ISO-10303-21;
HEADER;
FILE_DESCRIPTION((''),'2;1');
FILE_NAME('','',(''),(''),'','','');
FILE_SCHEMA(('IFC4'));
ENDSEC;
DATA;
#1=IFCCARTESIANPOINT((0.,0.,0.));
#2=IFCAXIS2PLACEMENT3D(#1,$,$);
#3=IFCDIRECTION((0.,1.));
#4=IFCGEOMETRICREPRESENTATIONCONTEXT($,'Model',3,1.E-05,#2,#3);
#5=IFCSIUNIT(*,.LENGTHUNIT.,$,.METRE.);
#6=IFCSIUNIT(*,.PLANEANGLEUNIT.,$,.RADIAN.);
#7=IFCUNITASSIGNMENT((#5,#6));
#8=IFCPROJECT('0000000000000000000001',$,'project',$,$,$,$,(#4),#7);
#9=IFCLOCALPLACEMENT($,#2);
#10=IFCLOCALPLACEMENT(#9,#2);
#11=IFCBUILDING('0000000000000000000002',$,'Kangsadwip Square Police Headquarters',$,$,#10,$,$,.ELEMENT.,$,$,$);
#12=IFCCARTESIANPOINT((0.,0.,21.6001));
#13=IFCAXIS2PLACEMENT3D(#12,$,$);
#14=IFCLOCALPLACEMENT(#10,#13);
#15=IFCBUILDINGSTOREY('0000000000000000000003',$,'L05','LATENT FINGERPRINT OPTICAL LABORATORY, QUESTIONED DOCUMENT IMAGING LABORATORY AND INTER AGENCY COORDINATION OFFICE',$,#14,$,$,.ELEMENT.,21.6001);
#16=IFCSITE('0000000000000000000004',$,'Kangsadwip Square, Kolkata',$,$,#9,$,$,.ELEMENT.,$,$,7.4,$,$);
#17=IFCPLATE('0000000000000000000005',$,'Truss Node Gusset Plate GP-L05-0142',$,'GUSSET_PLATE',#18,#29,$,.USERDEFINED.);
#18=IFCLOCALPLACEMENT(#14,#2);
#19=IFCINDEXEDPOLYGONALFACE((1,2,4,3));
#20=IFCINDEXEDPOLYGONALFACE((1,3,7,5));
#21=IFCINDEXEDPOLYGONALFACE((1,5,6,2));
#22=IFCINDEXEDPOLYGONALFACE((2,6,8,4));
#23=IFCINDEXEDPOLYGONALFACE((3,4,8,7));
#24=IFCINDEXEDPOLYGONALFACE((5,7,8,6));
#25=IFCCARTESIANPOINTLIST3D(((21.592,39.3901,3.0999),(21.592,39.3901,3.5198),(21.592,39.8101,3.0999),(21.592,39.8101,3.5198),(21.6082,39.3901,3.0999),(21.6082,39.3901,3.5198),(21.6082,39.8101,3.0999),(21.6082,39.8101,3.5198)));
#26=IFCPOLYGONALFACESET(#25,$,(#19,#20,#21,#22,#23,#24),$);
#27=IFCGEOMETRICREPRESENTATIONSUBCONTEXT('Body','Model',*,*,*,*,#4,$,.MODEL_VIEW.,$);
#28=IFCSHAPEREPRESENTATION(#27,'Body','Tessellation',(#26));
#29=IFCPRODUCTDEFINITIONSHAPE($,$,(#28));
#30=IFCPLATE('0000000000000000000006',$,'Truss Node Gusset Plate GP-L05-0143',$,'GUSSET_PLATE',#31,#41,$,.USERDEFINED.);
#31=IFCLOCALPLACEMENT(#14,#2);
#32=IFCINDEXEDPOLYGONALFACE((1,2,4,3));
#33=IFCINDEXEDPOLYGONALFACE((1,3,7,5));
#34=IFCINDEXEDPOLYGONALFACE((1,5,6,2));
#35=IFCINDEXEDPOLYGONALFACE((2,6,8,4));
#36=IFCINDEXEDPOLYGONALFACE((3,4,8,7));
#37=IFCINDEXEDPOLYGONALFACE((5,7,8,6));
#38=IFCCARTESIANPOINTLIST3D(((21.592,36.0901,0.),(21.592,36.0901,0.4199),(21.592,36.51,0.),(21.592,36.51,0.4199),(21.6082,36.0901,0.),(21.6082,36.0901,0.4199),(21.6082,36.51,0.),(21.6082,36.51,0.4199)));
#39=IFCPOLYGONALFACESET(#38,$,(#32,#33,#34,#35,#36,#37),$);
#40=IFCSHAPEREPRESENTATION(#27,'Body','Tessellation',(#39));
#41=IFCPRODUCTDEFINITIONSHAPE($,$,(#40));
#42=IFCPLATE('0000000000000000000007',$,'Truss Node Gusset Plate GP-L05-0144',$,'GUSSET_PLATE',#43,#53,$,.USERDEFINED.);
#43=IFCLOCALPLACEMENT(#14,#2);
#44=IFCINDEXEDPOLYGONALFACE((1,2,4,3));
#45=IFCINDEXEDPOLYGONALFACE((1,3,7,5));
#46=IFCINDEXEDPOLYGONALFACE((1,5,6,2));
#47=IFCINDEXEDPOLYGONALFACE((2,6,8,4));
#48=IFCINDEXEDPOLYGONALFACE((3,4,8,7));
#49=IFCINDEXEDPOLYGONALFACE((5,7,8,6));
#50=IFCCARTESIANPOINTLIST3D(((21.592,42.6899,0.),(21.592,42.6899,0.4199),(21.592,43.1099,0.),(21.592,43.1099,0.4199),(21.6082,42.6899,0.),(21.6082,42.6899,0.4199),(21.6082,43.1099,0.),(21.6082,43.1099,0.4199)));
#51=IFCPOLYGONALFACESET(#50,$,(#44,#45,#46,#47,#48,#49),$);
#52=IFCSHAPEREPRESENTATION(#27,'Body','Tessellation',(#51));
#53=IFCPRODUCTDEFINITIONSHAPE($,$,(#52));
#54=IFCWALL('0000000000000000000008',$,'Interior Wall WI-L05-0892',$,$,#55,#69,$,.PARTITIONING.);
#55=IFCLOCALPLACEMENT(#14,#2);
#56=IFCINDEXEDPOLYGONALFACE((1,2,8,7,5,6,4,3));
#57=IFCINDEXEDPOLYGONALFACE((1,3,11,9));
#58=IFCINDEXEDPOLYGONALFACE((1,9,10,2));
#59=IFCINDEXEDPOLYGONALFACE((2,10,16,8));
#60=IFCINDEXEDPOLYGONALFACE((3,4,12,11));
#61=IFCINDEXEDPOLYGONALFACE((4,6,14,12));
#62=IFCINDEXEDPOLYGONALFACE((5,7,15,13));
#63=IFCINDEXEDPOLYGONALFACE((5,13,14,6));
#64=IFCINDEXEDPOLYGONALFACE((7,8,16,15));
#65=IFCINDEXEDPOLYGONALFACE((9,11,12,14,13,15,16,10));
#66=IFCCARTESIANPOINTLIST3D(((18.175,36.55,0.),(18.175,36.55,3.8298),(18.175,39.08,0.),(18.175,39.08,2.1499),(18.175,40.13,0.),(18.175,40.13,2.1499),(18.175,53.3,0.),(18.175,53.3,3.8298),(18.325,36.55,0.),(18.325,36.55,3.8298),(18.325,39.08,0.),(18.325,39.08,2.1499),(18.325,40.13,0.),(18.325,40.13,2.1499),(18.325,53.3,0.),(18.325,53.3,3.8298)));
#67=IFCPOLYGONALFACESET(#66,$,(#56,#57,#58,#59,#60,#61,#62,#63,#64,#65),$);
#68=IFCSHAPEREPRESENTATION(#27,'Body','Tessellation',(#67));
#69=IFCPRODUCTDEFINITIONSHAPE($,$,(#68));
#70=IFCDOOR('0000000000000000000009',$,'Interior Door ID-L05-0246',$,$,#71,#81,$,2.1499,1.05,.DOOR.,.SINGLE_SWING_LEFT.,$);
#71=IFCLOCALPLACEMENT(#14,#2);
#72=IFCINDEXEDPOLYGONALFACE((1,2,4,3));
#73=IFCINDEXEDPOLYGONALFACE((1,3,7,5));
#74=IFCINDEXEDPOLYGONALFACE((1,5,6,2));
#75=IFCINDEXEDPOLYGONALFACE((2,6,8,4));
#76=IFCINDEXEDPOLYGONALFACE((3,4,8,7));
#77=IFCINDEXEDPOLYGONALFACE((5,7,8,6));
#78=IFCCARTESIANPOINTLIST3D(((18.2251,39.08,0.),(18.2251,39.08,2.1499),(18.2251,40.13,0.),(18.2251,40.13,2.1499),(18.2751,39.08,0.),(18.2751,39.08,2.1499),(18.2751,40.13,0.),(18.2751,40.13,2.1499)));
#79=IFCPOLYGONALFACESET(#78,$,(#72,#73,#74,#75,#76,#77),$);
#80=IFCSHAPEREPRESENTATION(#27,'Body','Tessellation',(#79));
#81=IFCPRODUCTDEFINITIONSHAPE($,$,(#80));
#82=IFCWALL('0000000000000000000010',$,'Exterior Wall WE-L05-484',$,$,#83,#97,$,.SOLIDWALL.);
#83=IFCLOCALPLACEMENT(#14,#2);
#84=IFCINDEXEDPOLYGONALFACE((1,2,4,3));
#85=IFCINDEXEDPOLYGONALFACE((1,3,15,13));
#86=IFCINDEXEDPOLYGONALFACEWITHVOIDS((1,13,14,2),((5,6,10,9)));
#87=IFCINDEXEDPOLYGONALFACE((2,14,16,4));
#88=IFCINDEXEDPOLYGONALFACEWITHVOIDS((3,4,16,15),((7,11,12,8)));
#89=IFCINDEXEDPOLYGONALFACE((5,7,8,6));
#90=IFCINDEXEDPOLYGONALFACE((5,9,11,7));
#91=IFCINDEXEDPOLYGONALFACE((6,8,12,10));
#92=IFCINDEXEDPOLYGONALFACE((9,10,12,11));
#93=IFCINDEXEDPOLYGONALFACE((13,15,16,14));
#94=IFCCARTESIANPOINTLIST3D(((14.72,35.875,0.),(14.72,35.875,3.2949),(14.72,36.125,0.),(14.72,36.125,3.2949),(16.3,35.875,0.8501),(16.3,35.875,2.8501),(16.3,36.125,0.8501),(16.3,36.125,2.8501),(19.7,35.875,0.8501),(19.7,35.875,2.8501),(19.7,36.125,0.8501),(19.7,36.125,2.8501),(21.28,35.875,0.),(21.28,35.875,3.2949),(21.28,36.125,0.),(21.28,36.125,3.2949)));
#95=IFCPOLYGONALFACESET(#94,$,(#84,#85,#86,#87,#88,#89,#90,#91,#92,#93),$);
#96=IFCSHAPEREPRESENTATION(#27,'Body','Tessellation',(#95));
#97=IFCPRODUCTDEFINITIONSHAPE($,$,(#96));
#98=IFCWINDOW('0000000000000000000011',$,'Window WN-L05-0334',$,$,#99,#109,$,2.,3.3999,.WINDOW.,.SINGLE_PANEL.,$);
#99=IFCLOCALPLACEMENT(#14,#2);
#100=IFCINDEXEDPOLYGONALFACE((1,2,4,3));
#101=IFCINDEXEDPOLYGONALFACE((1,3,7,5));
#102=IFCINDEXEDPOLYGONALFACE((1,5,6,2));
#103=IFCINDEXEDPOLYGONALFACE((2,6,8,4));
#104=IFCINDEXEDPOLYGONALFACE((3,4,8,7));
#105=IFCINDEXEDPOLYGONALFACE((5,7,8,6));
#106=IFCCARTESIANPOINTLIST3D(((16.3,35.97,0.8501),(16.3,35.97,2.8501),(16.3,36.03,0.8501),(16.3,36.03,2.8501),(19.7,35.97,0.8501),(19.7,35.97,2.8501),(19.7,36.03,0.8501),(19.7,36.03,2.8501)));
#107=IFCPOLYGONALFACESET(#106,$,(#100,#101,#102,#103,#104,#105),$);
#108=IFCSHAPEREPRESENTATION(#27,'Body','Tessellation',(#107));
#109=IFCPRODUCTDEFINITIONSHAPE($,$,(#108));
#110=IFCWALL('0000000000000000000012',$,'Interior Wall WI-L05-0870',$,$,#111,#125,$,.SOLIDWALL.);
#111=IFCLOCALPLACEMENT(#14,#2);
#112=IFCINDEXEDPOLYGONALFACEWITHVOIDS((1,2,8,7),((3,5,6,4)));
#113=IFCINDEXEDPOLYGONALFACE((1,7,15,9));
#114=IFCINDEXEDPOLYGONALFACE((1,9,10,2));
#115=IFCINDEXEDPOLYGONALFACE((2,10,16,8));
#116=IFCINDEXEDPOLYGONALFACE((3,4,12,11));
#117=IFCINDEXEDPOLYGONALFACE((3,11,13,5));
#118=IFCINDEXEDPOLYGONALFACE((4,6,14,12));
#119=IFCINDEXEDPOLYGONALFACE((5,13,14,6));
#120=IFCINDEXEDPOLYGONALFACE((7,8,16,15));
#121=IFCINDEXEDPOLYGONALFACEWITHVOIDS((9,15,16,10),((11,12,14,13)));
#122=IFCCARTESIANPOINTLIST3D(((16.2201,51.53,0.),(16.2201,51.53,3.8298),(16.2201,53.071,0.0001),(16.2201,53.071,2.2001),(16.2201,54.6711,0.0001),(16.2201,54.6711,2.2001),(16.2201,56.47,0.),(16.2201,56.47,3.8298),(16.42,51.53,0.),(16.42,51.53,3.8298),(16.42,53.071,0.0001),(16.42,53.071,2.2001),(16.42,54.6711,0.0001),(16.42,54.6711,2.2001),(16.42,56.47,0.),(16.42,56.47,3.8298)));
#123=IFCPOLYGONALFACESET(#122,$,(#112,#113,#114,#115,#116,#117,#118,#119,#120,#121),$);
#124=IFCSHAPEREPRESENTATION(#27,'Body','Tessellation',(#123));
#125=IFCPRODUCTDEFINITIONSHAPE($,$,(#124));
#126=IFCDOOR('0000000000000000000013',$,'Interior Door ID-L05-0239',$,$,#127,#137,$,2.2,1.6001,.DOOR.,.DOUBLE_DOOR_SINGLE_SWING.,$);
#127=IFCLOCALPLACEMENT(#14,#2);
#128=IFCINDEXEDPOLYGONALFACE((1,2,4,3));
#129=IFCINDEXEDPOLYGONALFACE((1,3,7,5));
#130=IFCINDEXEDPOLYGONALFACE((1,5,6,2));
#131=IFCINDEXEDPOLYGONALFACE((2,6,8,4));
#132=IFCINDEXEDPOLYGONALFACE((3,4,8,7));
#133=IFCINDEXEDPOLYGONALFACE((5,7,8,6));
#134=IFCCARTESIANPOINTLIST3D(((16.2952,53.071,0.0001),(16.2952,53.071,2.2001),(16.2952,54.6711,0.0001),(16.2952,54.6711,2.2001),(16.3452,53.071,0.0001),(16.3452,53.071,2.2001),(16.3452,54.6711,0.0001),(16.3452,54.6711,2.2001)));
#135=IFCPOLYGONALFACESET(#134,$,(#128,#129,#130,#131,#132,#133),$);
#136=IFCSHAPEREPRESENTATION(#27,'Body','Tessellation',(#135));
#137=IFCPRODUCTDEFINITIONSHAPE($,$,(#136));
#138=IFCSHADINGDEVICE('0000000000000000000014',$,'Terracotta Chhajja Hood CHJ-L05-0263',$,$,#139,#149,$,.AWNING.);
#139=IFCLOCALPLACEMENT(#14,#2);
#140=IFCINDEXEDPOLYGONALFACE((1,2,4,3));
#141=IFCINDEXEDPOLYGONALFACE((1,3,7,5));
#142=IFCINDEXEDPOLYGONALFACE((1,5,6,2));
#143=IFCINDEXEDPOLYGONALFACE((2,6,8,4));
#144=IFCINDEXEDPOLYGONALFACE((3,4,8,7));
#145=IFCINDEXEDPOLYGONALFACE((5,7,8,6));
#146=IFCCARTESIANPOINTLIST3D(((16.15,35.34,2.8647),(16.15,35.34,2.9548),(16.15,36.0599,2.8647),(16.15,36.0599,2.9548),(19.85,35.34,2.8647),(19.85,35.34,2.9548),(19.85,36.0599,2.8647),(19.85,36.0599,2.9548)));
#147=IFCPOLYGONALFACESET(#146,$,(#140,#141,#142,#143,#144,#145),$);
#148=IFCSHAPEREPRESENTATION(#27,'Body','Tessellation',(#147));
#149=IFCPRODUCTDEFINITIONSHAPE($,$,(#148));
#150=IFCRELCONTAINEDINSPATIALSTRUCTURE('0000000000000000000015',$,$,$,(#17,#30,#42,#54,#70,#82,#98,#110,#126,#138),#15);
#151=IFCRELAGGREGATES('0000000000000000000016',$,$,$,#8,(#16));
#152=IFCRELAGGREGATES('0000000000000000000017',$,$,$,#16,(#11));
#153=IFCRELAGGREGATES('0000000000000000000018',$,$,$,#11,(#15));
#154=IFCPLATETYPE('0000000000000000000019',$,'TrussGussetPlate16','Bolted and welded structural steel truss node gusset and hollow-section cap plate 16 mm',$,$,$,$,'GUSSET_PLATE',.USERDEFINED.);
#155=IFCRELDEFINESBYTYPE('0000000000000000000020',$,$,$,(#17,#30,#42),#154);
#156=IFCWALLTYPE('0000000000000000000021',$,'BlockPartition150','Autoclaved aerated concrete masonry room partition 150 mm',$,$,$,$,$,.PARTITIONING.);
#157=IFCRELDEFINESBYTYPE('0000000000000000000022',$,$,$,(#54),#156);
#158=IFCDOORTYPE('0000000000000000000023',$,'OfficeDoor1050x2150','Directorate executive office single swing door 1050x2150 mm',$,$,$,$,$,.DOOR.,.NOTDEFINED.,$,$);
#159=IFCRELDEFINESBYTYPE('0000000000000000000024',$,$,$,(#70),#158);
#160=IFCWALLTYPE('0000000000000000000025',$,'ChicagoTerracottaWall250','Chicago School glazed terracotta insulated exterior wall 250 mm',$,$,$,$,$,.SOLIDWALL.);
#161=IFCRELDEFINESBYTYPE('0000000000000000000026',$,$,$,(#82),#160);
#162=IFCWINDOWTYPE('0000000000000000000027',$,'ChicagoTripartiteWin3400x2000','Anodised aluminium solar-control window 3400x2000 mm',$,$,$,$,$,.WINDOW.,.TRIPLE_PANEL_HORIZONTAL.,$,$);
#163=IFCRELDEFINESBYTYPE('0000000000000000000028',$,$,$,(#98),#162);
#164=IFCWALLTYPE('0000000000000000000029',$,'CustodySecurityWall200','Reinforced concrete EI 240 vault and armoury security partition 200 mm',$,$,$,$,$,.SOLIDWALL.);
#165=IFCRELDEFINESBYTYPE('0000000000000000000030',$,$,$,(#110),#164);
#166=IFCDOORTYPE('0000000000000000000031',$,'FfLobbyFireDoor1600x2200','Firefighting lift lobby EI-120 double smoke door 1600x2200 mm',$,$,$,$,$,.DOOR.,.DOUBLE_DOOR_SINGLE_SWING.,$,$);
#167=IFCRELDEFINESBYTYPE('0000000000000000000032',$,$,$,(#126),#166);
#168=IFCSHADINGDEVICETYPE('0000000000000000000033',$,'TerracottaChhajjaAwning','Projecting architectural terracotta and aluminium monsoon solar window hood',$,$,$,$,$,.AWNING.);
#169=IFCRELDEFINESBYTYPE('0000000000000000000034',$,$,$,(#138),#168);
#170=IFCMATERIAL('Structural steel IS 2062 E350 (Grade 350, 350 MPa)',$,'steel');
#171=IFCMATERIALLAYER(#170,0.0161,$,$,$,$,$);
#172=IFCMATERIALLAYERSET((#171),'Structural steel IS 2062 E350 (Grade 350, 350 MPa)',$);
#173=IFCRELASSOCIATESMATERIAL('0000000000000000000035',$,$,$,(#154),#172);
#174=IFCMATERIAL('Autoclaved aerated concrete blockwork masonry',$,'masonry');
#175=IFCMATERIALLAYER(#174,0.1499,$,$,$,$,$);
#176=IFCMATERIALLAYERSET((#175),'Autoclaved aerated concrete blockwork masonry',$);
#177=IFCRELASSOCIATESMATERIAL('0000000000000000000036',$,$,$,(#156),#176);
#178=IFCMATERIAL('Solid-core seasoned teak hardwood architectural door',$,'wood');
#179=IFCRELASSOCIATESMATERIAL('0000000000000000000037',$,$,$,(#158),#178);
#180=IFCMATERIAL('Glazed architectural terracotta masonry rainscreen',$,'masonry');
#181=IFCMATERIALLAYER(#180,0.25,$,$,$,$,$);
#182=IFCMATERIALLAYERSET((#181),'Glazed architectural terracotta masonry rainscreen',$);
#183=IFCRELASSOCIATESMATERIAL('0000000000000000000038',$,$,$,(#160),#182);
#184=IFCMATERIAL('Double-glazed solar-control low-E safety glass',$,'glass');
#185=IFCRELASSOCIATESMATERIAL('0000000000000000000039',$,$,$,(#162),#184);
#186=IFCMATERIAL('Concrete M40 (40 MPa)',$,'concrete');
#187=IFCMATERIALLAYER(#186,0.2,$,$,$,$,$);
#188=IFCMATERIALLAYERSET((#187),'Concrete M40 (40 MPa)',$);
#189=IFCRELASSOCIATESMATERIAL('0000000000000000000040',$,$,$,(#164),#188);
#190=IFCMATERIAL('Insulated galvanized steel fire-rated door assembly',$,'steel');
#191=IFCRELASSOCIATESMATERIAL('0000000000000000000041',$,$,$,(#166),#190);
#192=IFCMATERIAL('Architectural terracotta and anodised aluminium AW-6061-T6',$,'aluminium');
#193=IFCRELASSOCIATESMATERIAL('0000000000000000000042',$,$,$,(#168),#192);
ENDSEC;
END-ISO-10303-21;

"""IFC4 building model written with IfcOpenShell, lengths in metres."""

from ifc_helpers import new_model, si_unit, direction, frame, frame_2d, origin, origin_2d, place, context, subcontext, project, spatial, rectangle, extrude, material, layer, layer_set, type_object, element, fill, save


model = new_model("IFC4")

# Units and contexts
model_context = context("Model", 3, precision=1e-05, world=origin(), true_north=direction((0.0, 1.0)))
body_context = subcontext(model_context, "Body", "Model", "MODEL_VIEW")
ifc_project = project(units=[si_unit("LENGTHUNIT", "METRE"), si_unit("PLANEANGLEUNIT", "RADIAN")], contexts=[model_context])

# Site, building, storey
site_placement = place(None, origin())
site = spatial("IfcSite", under=ifc_project, at=site_placement, Name="Kangsadwip Square, Kolkata", CompositionType="ELEMENT", RefElevation=7.4)
building_placement = place(site_placement, origin())
building = spatial("IfcBuilding", under=site, at=building_placement, Name="Kangsadwip Square Police Headquarters", CompositionType="ELEMENT")
storey_placement = place(building_placement, frame((0.0, 0.0, 21.6001)))
storey = spatial("IfcBuildingStorey", under=building, at=storey_placement, Name="L05", Description="LATENT FINGERPRINT OPTICAL LABORATORY, QUESTIONED DOCUMENT IMAGING LABORATORY AND INTER AGENCY COORDINATION OFFICE", CompositionType="ELEMENT", Elevation=21.6001)

# Plates
ifc_material_1 = material(Name="Structural steel IS 2062 E350 (Grade 350, 350 MPa)", Category="steel")
ifc_layer_1 = layer(ifc_material_1, 0.0161)
ifc_layer_set_1 = layer_set([ifc_layer_1], Name="Structural steel IS 2062 E350 (Grade 350, 350 MPa)")
plate_type = type_object("IfcPlateType", Name="TrussGussetPlate16", Description="Bolted and welded structural steel truss node gusset and hollow-section cap plate 16 mm", ElementType="GUSSET_PLATE", PredefinedType="USERDEFINED", material=ifc_layer_set_1)
for number, where, z_axis, x_axis, name in (
    (1, (21.6001, 39.6001, 3.0999), (0.0, 0.0, 1.0), (0.0, 1.0, 0.0), "Truss Node Gusset Plate GP-L05-0142"),
    (2, (21.6001, 36.3, 0.0), (0.0, 0.0, 1.0), (0.0, 1.0, 0.0), "Truss Node Gusset Plate GP-L05-0143"),
    (3, (21.6001, 42.8999, 0.0), (0.0, 0.0, 1.0), (0.0, 1.0, 0.0), "Truss Node Gusset Plate GP-L05-0144"),
):
    element("IfcPlate", number, at=place(storey_placement, frame(where, z_axis=z_axis, x_axis=x_axis)), inside=storey, type_object=plate_type, Name=name, ObjectType="GUSSET_PLATE", PredefinedType="USERDEFINED", context=body_context, shape_type="SweptSolid", body=[
        extrude(rectangle(XDim=0.4199, YDim=0.0161, at=origin_2d()), origin(), (0.0, 0.0, 1.0), 0.4199),
    ])

# Wall, opening, door
ifc_material_2 = material(Name="Autoclaved aerated concrete blockwork masonry", Category="masonry")
ifc_layer_2 = layer(ifc_material_2, 0.1499)
ifc_layer_set_2 = layer_set([ifc_layer_2], Name="Autoclaved aerated concrete blockwork masonry")
wall_type_1 = type_object("IfcWallType", Name="BlockPartition150", Description="Autoclaved aerated concrete masonry room partition 150 mm", PredefinedType="PARTITIONING", material=ifc_layer_set_2)
wall_1_placement = place(storey_placement, frame((18.25, 36.55, 0.0), z_axis=(0.0, 0.0, 1.0), x_axis=(0.0, 1.0, 0.0)))
wall_1 = element("IfcWall", 4, at=wall_1_placement, inside=storey, type_object=wall_type_1, Name="Interior Wall WI-L05-0892", PredefinedType="PARTITIONING", context=body_context, shape_type="SweptSolid", body=[
    extrude(rectangle(XDim=16.75, YDim=0.1499, at=frame_2d((8.375, 0.0))), origin(), (0.0, 0.0, 1.0), 3.8298),
])
opening_1_placement = place(wall_1_placement, frame((2.53, 0.0, 0.0)))
opening_1 = element("IfcOpeningElement", 5, at=opening_1_placement, cuts=wall_1, PredefinedType="OPENING", context=body_context, shape_type="SweptSolid", body=[
    extrude(rectangle(XDim=1.05, YDim=2.1499, at=frame_2d((0.5249, 1.075))), frame((0.0, 0.085, 0.0), z_axis=(0.0, -1.0, 0.0), x_axis=(1.0, 0.0, 0.0)), (0.0, 0.0, 1.0), 0.1699),
])
ifc_material_3 = material(Name="Solid-core seasoned teak hardwood architectural door", Category="wood")
door_type_1 = type_object("IfcDoorType", Name="OfficeDoor1050x2150", Description="Directorate executive office single swing door 1050x2150 mm", OperationType="NOTDEFINED", PredefinedType="DOOR", material=ifc_material_3)
door_1_placement = place(opening_1_placement, origin())
door_1 = element("IfcDoor", 6, at=door_1_placement, inside=storey, type_object=door_type_1, Name="Interior Door ID-L05-0246", OperationType="SINGLE_SWING_LEFT", OverallHeight=2.1499, OverallWidth=1.05, PredefinedType="DOOR", context=body_context, shape_type="SweptSolid", body=[
    extrude(rectangle(XDim=1.05, YDim=2.1499, at=frame_2d((0.5249, 1.075))), frame((0.0, 0.0249, 0.0), z_axis=(0.0, -1.0, 0.0), x_axis=(1.0, 0.0, 0.0)), (0.0, 0.0, 1.0), 0.05),
])
fill(opening_1, door_1)

# Wall, opening, window
ifc_material_4 = material(Name="Glazed architectural terracotta masonry rainscreen", Category="masonry")
ifc_layer_3 = layer(ifc_material_4, 0.25)
ifc_layer_set_3 = layer_set([ifc_layer_3], Name="Glazed architectural terracotta masonry rainscreen")
wall_type_2 = type_object("IfcWallType", Name="ChicagoTerracottaWall250", Description="Chicago School glazed terracotta insulated exterior wall 250 mm", PredefinedType="SOLIDWALL", material=ifc_layer_set_3)
wall_2_placement = place(storey_placement, frame((14.72, 36.0, 0.0), z_axis=(0.0, 0.0, 1.0), x_axis=(1.0, 0.0, 0.0)))
wall_2 = element("IfcWall", 7, at=wall_2_placement, inside=storey, type_object=wall_type_2, Name="Exterior Wall WE-L05-484", PredefinedType="SOLIDWALL", context=body_context, shape_type="SweptSolid", body=[
    extrude(rectangle(XDim=6.5601, YDim=0.25, at=frame_2d((3.28, 0.0))), origin(), (0.0, 0.0, 1.0), 3.2949),
])
opening_2_placement = place(wall_2_placement, frame((1.5801, 0.0, 0.8501)))
opening_2 = element("IfcOpeningElement", 8, at=opening_2_placement, cuts=wall_2, PredefinedType="OPENING", context=body_context, shape_type="SweptSolid", body=[
    extrude(rectangle(XDim=3.3999, YDim=2.0, at=frame_2d((1.7, 1.0))), frame((0.0, 0.135, 0.0), z_axis=(0.0, -1.0, 0.0), x_axis=(1.0, 0.0, 0.0)), (0.0, 0.0, 1.0), 0.27),
])
ifc_material_5 = material(Name="Double-glazed solar-control low-E safety glass", Category="glass")
window_type = type_object("IfcWindowType", Name="ChicagoTripartiteWin3400x2000", Description="Anodised aluminium solar-control window 3400x2000 mm", PartitioningType="TRIPLE_PANEL_HORIZONTAL", PredefinedType="WINDOW", material=ifc_material_5)
window_placement = place(opening_2_placement, origin())
window = element("IfcWindow", 9, at=window_placement, inside=storey, type_object=window_type, Name="Window WN-L05-0334", OverallHeight=2.0, OverallWidth=3.3999, PartitioningType="SINGLE_PANEL", PredefinedType="WINDOW", context=body_context, shape_type="SweptSolid", body=[
    extrude(rectangle(XDim=3.3999, YDim=2.0, at=frame_2d((1.7, 1.0))), frame((0.0, 0.03, 0.0), z_axis=(0.0, -1.0, 0.0), x_axis=(1.0, 0.0, 0.0)), (0.0, 0.0, 1.0), 0.0601),
])
fill(opening_2, window)

# Wall, opening, door
ifc_material_6 = material(Name="Concrete M40 (40 MPa)", Category="concrete")
ifc_layer_4 = layer(ifc_material_6, 0.2)
ifc_layer_set_4 = layer_set([ifc_layer_4], Name="Concrete M40 (40 MPa)")
wall_type_3 = type_object("IfcWallType", Name="CustodySecurityWall200", Description="Reinforced concrete EI 240 vault and armoury security partition 200 mm", PredefinedType="SOLIDWALL", material=ifc_layer_set_4)
wall_3_placement = place(storey_placement, frame((16.3201, 51.53, 0.0), z_axis=(0.0, 0.0, 1.0), x_axis=(0.0, 1.0, 0.0)))
wall_3 = element("IfcWall", 10, at=wall_3_placement, inside=storey, type_object=wall_type_3, Name="Interior Wall WI-L05-0870", PredefinedType="SOLIDWALL", context=body_context, shape_type="SweptSolid", body=[
    extrude(rectangle(XDim=4.9399, YDim=0.2, at=frame_2d((2.47, 0.0))), origin(), (0.0, 0.0, 1.0), 3.8298),
])
opening_3_placement = place(wall_3_placement, frame((1.541, 0.0, 0.0)))
opening_3 = element("IfcOpeningElement", 11, at=opening_3_placement, cuts=wall_3, PredefinedType="OPENING", context=body_context, shape_type="SweptSolid", body=[
    extrude(rectangle(XDim=1.6001, YDim=2.2, at=frame_2d((0.8, 1.1001))), frame((0.0, 0.1099, 0.0), z_axis=(0.0, -1.0, 0.0), x_axis=(1.0, 0.0, 0.0)), (0.0, 0.0, 1.0), 0.22),
])
ifc_material_7 = material(Name="Insulated galvanized steel fire-rated door assembly", Category="steel")
door_type_2 = type_object("IfcDoorType", Name="FfLobbyFireDoor1600x2200", Description="Firefighting lift lobby EI-120 double smoke door 1600x2200 mm", OperationType="DOUBLE_DOOR_SINGLE_SWING", PredefinedType="DOOR", material=ifc_material_7)
door_2_placement = place(opening_3_placement, origin())
door_2 = element("IfcDoor", 12, at=door_2_placement, inside=storey, type_object=door_type_2, Name="Interior Door ID-L05-0239", OperationType="DOUBLE_DOOR_SINGLE_SWING", OverallHeight=2.2, OverallWidth=1.6001, PredefinedType="DOOR", context=body_context, shape_type="SweptSolid", body=[
    extrude(rectangle(XDim=1.6001, YDim=2.2, at=frame_2d((0.8, 1.1001))), frame((0.0, 0.0249, 0.0), z_axis=(0.0, -1.0, 0.0), x_axis=(1.0, 0.0, 0.0)), (0.0, 0.0, 1.0), 0.05),
])
fill(opening_3, door_2)

# Shading device
ifc_material_8 = material(Name="Architectural terracotta and anodised aluminium AW-6061-T6", Category="aluminium")
shading_device_type = type_object("IfcShadingDeviceType", Name="TerracottaChhajjaAwning", Description="Projecting architectural terracotta and aluminium monsoon solar window hood", PredefinedType="AWNING", material=ifc_material_8)
shading_device_placement = place(storey_placement, frame((18.0, 35.7, 2.8647), z_axis=(0.0, 0.0, 1.0), x_axis=(1.0, 0.0, 0.0)))
element("IfcShadingDevice", 13, at=shading_device_placement, inside=storey, type_object=shading_device_type, Name="Terracotta Chhajja Hood CHJ-L05-0263", PredefinedType="AWNING", context=body_context, shape_type="SweptSolid", body=[
    extrude(rectangle(XDim=3.7, YDim=0.72, at=origin_2d()), origin(), (0.0, 0.0, 1.0), 0.0901),
])

save(model, "model.ifc")
